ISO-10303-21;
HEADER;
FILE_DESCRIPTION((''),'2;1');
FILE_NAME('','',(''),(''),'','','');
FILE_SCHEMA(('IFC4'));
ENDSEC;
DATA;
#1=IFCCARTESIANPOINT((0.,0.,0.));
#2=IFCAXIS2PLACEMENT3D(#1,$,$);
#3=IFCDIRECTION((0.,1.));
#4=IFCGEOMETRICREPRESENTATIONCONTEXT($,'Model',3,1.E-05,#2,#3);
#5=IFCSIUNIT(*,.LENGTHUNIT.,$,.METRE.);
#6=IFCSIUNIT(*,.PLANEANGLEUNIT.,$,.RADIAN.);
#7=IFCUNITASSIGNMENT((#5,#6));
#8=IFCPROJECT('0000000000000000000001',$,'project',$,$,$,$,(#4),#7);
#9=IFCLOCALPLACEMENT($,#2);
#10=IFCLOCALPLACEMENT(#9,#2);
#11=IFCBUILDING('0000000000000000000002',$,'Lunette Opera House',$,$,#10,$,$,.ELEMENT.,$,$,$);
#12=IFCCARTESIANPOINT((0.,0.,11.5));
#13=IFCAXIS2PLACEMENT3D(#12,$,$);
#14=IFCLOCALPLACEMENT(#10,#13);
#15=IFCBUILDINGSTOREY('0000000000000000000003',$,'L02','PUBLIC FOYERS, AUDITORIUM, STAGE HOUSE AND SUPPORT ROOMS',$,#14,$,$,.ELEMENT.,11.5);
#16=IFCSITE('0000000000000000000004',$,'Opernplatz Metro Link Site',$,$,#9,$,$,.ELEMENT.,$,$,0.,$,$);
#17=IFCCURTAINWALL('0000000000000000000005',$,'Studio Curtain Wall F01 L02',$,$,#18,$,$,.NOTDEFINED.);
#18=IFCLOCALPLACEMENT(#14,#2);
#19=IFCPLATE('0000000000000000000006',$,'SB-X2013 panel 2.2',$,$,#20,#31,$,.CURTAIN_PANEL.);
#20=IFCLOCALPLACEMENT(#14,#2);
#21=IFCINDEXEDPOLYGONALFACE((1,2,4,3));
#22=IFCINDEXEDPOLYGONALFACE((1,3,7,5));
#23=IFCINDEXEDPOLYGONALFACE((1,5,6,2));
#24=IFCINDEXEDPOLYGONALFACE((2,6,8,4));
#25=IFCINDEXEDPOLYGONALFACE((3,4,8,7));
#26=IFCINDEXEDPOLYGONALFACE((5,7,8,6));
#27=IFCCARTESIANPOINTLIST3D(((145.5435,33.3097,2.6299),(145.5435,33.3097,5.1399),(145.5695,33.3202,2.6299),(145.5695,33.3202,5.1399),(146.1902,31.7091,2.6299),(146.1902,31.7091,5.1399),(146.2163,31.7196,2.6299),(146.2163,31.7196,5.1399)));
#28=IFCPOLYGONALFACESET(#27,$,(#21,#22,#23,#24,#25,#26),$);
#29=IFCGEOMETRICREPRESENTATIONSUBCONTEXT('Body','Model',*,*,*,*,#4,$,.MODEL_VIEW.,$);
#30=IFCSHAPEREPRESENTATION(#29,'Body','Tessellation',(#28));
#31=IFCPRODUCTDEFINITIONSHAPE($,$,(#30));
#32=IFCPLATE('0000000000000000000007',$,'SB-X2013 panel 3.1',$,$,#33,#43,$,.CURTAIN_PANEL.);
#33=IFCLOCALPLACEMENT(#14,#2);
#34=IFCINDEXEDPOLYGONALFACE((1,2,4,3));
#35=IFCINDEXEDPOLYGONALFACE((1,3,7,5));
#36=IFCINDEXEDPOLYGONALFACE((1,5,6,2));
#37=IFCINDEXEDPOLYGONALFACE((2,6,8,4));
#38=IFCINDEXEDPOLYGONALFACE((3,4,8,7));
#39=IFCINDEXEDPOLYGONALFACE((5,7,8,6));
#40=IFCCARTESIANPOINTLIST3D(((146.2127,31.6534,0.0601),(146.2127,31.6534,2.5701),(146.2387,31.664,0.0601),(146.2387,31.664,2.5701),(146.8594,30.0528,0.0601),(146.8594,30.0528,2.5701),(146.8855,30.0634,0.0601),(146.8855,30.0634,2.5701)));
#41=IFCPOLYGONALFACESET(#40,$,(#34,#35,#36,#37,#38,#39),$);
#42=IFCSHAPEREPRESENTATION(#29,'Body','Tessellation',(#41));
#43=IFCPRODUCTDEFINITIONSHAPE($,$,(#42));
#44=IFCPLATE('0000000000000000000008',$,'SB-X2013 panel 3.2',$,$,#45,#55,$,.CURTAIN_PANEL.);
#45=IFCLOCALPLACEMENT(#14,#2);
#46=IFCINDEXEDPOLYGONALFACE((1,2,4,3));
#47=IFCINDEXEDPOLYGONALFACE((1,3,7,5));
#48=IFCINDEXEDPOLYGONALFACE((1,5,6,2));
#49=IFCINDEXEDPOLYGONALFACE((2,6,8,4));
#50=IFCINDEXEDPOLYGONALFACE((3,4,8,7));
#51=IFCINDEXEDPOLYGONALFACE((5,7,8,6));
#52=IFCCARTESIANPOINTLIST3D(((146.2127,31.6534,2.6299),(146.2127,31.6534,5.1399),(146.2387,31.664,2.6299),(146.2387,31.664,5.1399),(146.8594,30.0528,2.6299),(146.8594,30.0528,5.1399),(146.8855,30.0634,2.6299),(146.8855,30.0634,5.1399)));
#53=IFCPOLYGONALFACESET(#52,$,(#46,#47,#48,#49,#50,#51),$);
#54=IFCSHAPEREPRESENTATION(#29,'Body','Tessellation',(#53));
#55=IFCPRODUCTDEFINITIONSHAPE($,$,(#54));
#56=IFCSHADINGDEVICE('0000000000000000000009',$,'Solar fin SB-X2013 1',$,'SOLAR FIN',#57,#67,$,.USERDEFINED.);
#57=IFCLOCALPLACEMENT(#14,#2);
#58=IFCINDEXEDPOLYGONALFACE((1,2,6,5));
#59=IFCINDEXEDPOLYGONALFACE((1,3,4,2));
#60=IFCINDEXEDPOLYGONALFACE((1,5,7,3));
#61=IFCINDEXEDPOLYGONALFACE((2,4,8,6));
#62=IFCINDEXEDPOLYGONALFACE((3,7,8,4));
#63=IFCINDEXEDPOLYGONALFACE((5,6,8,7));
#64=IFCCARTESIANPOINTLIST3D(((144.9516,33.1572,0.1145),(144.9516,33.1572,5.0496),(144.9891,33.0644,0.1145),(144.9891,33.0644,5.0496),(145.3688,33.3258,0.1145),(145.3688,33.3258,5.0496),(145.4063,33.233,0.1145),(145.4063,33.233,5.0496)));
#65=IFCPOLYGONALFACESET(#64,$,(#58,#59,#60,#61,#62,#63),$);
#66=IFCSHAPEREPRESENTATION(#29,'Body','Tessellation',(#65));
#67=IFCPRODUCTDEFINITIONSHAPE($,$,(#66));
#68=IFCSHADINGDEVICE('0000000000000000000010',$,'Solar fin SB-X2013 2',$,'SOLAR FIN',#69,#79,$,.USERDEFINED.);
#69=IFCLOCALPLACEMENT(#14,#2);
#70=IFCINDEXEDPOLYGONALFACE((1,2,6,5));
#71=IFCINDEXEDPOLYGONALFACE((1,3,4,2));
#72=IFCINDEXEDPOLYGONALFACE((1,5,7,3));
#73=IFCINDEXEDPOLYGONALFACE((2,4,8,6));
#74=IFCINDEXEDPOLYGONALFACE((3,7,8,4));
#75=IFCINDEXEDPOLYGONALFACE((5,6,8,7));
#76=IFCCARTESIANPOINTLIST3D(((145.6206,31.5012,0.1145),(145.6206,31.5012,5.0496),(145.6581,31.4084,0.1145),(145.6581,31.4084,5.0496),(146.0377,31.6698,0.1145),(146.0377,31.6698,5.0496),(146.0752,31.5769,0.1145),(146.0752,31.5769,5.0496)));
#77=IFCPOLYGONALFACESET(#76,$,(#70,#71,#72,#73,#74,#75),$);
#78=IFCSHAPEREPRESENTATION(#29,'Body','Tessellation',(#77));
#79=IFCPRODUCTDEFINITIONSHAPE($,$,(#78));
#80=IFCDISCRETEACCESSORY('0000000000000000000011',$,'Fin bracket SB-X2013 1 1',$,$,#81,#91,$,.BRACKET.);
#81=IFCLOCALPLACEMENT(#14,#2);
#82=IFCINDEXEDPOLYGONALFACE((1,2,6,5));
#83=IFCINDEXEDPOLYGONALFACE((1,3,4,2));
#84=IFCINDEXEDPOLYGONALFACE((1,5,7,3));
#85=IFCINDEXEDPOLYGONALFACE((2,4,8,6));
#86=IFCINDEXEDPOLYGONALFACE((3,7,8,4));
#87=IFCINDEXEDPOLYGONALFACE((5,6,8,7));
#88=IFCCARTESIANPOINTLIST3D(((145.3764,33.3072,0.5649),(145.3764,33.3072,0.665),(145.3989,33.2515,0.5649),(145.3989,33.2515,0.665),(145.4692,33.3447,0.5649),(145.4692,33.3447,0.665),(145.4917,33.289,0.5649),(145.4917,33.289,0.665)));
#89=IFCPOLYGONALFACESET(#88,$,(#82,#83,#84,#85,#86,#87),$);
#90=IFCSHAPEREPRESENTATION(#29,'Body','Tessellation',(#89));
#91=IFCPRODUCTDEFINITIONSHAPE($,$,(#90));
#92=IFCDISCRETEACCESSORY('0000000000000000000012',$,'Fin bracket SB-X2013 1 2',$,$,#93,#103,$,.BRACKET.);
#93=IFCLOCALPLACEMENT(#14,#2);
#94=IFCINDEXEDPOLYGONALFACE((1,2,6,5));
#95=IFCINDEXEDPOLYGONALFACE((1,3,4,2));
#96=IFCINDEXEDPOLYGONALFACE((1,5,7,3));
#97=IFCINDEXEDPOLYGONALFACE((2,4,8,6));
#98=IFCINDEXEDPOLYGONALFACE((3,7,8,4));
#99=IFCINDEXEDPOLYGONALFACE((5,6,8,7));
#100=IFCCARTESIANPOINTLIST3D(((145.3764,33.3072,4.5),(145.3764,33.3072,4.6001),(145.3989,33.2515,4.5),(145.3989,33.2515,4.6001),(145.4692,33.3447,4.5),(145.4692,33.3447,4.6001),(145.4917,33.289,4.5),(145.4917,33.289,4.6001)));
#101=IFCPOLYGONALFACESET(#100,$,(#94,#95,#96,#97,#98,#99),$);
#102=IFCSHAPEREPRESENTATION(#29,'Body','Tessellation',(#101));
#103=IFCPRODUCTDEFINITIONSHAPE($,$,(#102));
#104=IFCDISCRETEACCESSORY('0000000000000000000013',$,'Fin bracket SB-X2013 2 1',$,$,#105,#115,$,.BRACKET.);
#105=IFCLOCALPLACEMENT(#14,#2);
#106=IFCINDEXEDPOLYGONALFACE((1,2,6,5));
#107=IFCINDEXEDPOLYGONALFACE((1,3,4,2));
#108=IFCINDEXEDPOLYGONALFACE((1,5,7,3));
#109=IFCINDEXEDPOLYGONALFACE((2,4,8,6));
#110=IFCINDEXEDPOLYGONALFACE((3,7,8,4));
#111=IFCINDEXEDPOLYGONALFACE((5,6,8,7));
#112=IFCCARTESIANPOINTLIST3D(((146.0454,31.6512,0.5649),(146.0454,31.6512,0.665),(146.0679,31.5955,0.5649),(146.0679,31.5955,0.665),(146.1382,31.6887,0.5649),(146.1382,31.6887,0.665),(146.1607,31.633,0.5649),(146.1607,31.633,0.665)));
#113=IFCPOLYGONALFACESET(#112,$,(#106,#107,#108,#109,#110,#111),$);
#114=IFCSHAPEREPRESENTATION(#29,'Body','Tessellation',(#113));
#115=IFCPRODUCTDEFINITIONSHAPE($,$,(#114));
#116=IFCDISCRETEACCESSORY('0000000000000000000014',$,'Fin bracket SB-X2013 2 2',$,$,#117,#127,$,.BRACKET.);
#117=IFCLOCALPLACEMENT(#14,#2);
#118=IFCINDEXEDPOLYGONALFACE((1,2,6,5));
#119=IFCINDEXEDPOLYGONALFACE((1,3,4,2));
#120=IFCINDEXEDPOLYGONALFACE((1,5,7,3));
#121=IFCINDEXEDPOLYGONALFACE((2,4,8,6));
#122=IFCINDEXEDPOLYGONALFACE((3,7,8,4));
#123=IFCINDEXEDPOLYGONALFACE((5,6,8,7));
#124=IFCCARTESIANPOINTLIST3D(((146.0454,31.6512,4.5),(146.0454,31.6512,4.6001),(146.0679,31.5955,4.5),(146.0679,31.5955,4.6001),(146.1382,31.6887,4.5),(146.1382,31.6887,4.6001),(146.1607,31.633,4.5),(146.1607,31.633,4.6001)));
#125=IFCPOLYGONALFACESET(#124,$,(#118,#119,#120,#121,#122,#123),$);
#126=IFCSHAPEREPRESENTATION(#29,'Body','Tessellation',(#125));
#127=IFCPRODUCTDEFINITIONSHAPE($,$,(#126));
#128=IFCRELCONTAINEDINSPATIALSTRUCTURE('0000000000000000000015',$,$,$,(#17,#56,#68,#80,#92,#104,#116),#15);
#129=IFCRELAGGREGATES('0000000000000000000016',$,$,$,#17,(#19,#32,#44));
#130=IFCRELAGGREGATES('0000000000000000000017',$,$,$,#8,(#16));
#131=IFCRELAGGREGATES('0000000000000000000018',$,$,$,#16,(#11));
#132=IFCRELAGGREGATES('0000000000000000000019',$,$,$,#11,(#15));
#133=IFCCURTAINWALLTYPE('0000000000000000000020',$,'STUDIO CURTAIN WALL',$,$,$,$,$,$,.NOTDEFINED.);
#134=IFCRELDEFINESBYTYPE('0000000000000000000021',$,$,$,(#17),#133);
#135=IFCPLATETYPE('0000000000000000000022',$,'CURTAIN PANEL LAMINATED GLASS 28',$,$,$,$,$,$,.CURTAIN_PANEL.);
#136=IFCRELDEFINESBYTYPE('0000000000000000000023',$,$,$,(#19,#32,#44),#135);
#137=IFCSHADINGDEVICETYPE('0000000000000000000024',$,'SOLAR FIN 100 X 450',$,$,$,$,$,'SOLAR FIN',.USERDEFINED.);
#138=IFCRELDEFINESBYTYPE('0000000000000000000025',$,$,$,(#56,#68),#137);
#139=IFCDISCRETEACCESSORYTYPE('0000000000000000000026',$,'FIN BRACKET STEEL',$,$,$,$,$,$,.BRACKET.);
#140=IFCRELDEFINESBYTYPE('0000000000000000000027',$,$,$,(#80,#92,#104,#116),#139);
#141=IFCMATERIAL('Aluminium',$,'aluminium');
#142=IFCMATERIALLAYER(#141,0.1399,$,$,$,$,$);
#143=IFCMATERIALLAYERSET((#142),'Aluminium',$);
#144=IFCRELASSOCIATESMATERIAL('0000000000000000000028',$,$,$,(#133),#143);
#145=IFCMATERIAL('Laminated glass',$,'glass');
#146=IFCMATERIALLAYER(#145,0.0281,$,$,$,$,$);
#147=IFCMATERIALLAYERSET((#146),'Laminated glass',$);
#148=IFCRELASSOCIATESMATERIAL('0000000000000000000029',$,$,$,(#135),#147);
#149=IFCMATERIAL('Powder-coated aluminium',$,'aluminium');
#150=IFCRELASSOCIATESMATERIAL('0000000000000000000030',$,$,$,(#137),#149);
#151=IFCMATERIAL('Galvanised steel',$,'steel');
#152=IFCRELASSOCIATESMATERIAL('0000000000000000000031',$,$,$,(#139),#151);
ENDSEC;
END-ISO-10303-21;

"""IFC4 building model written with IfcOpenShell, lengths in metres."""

from ifc_helpers import new_model, si_unit, direction, frame, origin, origin_2d, place, context, subcontext, project, spatial, rectangle, extrude, material, layer, layer_set, type_object, element, aggregate, save


model = new_model("IFC4")

# Units and contexts
model_context = context("Model", 3, precision=1e-05, world=origin(), true_north=direction((0.0, 1.0)))
body_context = subcontext(model_context, "Body", "Model", "MODEL_VIEW")
ifc_project = project(units=[si_unit("LENGTHUNIT", "METRE"), si_unit("PLANEANGLEUNIT", "RADIAN")], contexts=[model_context])

# Site, building, storey
site_placement = place(None, origin())
site = spatial("IfcSite", under=ifc_project, at=site_placement, Name="Opernplatz Metro Link Site", CompositionType="ELEMENT", RefElevation=0.0)
building_placement = place(site_placement, origin())
building = spatial("IfcBuilding", under=site, at=building_placement, Name="Lunette Opera House", CompositionType="ELEMENT")
storey_placement = place(building_placement, frame((0.0, 0.0, 11.5)))
storey = spatial("IfcBuildingStorey", under=building, at=storey_placement, Name="L02", Description="PUBLIC FOYERS, AUDITORIUM, STAGE HOUSE AND SUPPORT ROOMS", CompositionType="ELEMENT", Elevation=11.5)

# Curtain wall
ifc_material_1 = material(Name="Aluminium", Category="aluminium")
ifc_layer_1 = layer(ifc_material_1, 0.1399)
ifc_layer_set_1 = layer_set([ifc_layer_1], Name="Aluminium")
curtain_wall_type = type_object("IfcCurtainWallType", Name="STUDIO CURTAIN WALL", PredefinedType="NOTDEFINED", material=ifc_layer_set_1)
curtain_wall_placement = place(storey_placement, origin())
curtain_wall = element("IfcCurtainWall", 1, at=curtain_wall_placement, inside=storey, type_object=curtain_wall_type, Name="Studio Curtain Wall F01 L02", PredefinedType="NOTDEFINED")

# Plates
ifc_material_2 = material(Name="Laminated glass", Category="glass")
ifc_layer_2 = layer(ifc_material_2, 0.0281)
ifc_layer_set_2 = layer_set([ifc_layer_2], Name="Laminated glass")
plate_type = type_object("IfcPlateType", Name="CURTAIN PANEL LAMINATED GLASS 28", PredefinedType="CURTAIN_PANEL", material=ifc_layer_set_2)
plate_1_placement = place(storey_placement, frame((145.8799, 32.5146, 2.6299), z_axis=(0.0, 0.0, 1.0), x_axis=(0.374646, -0.927168, 0.0)))
plate_1 = element("IfcPlate", 2, at=plate_1_placement, type_object=plate_type, Name="SB-X2013 panel 2.2", PredefinedType="CURTAIN_PANEL", context=body_context, shape_type="SweptSolid", body=[
    extrude(rectangle(XDim=1.7263, YDim=0.0281, at=origin_2d()), origin(), (0.0, 0.0, 1.0), 2.51),
])
plate_2_placement = place(storey_placement, frame((146.5491, 30.8584, 0.0601), z_axis=(0.0, 0.0, 1.0), x_axis=(0.374646, -0.927168, 0.0)))
plate_2 = element("IfcPlate", 3, at=plate_2_placement, type_object=plate_type, Name="SB-X2013 panel 3.1", PredefinedType="CURTAIN_PANEL", context=body_context, shape_type="SweptSolid", body=[
    extrude(rectangle(XDim=1.7263, YDim=0.0281, at=origin_2d()), origin(), (0.0, 0.0, 1.0), 2.51),
])
plate_3_placement = place(storey_placement, frame((146.5491, 30.8584, 2.6299), z_axis=(0.0, 0.0, 1.0), x_axis=(0.374646, -0.927168, 0.0)))
plate_3 = element("IfcPlate", 4, at=plate_3_placement, type_object=plate_type, Name="SB-X2013 panel 3.2", PredefinedType="CURTAIN_PANEL", context=body_context, shape_type="SweptSolid", body=[
    extrude(rectangle(XDim=1.7263, YDim=0.0281, at=origin_2d()), origin(), (0.0, 0.0, 1.0), 2.51),
])
aggregate(curtain_wall, [plate_1, plate_2, plate_3])

# Shading devices
ifc_material_3 = material(Name="Powder-coated aluminium", Category="aluminium")
shading_device_type = type_object("IfcShadingDeviceType", Name="SOLAR FIN 100 X 450", ElementType="SOLAR FIN", PredefinedType="USERDEFINED", material=ifc_material_3)
for number, where, z_axis, x_axis, name in (
    (5, (145.179, 33.1951, 0.1145), (0.0, 0.0, 1.0), (-0.927168, -0.374645, 0.0), "Solar fin SB-X2013 1"),
    (6, (145.8479, 31.5391, 0.1145), (0.0, 0.0, 1.0), (-0.927168, -0.374645, 0.0), "Solar fin SB-X2013 2"),
):
    element("IfcShadingDevice", number, at=place(storey_placement, frame(where, z_axis=z_axis, x_axis=x_axis)), inside=storey, type_object=shading_device_type, Name=name, ObjectType="SOLAR FIN", PredefinedType="USERDEFINED", context=body_context, shape_type="SweptSolid", body=[
        extrude(rectangle(XDim=0.45, YDim=0.1001, at=origin_2d()), origin(), (0.0, 0.0, 1.0), 4.9351),
    ])

# Discrete accessories
ifc_material_4 = material(Name="Galvanised steel", Category="steel")
discrete_accessory_type = type_object("IfcDiscreteAccessoryType", Name="FIN BRACKET STEEL", PredefinedType="BRACKET", material=ifc_material_4)
for number, where, z_axis, x_axis, name in (
    (7, (145.4341, 33.2981, 0.5649), (0.0, 0.0, 1.0), (-0.927168, -0.374645, 0.0), "Fin bracket SB-X2013 1 1"),
    (8, (145.4341, 33.2981, 4.5), (0.0, 0.0, 1.0), (-0.927168, -0.374645, 0.0), "Fin bracket SB-X2013 1 2"),
    (9, (146.103, 31.6421, 0.5649), (0.0, 0.0, 1.0), (-0.927168, -0.374645, 0.0), "Fin bracket SB-X2013 2 1"),
    (10, (146.103, 31.6421, 4.5), (0.0, 0.0, 1.0), (-0.927168, -0.374645, 0.0), "Fin bracket SB-X2013 2 2"),
):
    element("IfcDiscreteAccessory", number, at=place(storey_placement, frame(where, z_axis=z_axis, x_axis=x_axis)), inside=storey, type_object=discrete_accessory_type, Name=name, PredefinedType="BRACKET", context=body_context, shape_type="SweptSolid", body=[
        extrude(rectangle(XDim=0.1001, YDim=0.0601, at=origin_2d()), origin(), (0.0, 0.0, 1.0), 0.1001),
    ])

save(model, "model.ifc")
